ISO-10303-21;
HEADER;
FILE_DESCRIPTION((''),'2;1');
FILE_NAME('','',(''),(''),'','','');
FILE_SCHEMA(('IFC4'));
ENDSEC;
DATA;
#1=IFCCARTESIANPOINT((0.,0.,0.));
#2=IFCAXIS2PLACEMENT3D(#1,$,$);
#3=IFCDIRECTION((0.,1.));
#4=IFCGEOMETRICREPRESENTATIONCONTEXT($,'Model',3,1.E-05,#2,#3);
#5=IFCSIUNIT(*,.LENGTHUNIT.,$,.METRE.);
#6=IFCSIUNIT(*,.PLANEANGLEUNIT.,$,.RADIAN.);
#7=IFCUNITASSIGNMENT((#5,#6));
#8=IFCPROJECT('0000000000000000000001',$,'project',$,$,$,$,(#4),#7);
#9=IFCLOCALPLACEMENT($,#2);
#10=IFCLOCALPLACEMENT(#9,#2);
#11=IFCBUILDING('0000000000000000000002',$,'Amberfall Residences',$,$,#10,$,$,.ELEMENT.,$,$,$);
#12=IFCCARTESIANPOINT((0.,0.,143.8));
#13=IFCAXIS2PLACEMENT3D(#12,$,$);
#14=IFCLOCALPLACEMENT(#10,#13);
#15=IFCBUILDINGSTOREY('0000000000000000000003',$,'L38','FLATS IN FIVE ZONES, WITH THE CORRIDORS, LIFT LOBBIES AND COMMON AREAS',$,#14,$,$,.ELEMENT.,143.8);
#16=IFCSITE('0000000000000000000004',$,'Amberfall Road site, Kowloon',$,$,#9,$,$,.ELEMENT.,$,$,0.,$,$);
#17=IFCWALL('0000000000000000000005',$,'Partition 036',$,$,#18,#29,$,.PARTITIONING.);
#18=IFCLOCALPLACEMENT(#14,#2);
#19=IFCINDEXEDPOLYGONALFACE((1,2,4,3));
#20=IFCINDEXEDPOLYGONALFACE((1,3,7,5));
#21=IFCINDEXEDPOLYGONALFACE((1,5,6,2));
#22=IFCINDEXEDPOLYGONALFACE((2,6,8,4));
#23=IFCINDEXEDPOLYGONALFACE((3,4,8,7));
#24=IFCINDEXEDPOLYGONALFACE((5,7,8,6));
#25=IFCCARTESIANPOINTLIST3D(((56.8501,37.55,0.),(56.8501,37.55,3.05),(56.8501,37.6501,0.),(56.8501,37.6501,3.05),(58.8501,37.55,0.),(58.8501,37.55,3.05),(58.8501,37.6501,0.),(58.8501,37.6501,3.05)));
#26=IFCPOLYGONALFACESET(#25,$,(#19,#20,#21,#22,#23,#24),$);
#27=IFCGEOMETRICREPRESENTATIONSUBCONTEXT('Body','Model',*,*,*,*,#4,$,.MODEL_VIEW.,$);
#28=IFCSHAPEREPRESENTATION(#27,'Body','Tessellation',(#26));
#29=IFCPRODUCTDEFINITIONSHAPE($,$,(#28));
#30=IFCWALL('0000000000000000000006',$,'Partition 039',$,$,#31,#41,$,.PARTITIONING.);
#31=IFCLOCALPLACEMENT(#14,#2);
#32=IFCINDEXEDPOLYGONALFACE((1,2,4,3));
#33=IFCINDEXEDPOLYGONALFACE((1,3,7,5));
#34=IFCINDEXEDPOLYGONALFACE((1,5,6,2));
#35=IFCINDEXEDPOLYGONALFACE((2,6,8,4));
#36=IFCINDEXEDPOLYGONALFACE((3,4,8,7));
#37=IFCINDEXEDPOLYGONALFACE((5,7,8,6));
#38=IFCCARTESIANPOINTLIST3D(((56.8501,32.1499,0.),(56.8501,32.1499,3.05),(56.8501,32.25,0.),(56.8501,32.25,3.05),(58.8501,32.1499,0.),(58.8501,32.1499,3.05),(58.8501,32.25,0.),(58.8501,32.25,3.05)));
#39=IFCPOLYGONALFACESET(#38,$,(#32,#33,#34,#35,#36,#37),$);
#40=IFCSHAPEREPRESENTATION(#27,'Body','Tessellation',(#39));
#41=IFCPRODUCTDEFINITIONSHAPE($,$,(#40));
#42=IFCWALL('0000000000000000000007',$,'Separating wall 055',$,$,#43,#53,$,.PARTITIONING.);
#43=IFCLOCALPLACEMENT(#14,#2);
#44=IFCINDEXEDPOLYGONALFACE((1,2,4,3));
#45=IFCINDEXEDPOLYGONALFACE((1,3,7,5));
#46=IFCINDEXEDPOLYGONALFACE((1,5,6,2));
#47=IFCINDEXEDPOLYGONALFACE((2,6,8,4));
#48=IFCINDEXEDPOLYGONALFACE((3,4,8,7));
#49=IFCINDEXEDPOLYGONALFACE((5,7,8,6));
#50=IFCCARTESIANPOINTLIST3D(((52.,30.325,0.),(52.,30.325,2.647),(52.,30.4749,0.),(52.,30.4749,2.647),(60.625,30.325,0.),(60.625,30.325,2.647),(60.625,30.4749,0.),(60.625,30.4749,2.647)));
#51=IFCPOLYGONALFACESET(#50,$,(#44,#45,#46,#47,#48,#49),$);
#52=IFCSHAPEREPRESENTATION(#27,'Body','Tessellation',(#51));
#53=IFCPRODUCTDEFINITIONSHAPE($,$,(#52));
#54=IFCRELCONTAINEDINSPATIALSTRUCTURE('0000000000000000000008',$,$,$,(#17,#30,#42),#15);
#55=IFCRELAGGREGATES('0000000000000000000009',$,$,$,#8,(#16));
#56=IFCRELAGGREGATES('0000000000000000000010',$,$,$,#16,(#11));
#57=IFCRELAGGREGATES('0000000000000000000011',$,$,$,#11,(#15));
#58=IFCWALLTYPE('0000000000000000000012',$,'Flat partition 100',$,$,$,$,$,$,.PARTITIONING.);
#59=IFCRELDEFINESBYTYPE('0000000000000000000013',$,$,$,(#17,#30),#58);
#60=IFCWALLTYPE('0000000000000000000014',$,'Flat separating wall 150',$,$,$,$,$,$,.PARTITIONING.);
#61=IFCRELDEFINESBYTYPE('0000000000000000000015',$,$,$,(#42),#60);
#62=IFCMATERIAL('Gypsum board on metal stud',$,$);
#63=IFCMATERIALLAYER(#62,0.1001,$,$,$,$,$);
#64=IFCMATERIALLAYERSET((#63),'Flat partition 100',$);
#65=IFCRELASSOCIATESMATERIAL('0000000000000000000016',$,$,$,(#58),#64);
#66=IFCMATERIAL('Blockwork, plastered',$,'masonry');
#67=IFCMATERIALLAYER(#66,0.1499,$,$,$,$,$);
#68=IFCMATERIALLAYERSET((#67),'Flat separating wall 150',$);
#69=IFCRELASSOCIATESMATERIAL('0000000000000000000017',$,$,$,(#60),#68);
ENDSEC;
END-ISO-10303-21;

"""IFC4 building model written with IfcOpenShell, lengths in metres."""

from ifc_helpers import new_model, si_unit, direction, frame, frame_2d, origin, place, context, subcontext, project, spatial, rectangle, extrude, material, layer, layer_set, type_object, element, save


model = new_model("IFC4")

# Units and contexts
model_context = context("Model", 3, precision=1e-05, world=origin(), true_north=direction((0.0, 1.0)))
body_context = subcontext(model_context, "Body", "Model", "MODEL_VIEW")
ifc_project = project(units=[si_unit("LENGTHUNIT", "METRE"), si_unit("PLANEANGLEUNIT", "RADIAN")], contexts=[model_context])

# Site, building, storey
site_placement = place(None, origin())
site = spatial("IfcSite", under=ifc_project, at=site_placement, Name="Amberfall Road site, Kowloon", CompositionType="ELEMENT", RefElevation=0.0)
building_placement = place(site_placement, origin())
building = spatial("IfcBuilding", under=site, at=building_placement, Name="Amberfall Residences", CompositionType="ELEMENT")
storey_placement = place(building_placement, frame((0.0, 0.0, 143.8)))
storey = spatial("IfcBuildingStorey", under=building, at=storey_placement, Name="L38", Description="FLATS IN FIVE ZONES, WITH THE CORRIDORS, LIFT LOBBIES AND COMMON AREAS", CompositionType="ELEMENT", Elevation=143.8)

# Shared definitions
ifc_material_1 = material(Name="Gypsum board on metal stud")
ifc_layer_1 = layer(ifc_material_1, 0.1001)
ifc_layer_set_1 = layer_set([ifc_layer_1], Name="Flat partition 100")
wall_type_1 = type_object("IfcWallType", Name="Flat partition 100", PredefinedType="PARTITIONING", material=ifc_layer_set_1)

# Walls
for number, where, z_axis, x_axis, name in (
    (1, (56.8501, 37.6001, 0.0), (0.0, 0.0, 1.0), (1.0, 0.0, 0.0), "Partition 036"),
    (2, (56.8501, 32.2, 0.0), (0.0, 0.0, 1.0), (1.0, 0.0, 0.0), "Partition 039"),
):
    element("IfcWall", number, at=place(storey_placement, frame(where, z_axis=z_axis, x_axis=x_axis)), inside=storey, type_object=wall_type_1, Name=name, PredefinedType="PARTITIONING", context=body_context, shape_type="SweptSolid", body=[
        extrude(rectangle(XDim=2.0, YDim=0.1001, at=frame_2d((1.0, 0.0))), origin(), (0.0, 0.0, 1.0), 3.05),
    ])
ifc_material_2 = material(Name="Blockwork, plastered", Category="masonry")
ifc_layer_2 = layer(ifc_material_2, 0.1499)
ifc_layer_set_2 = layer_set([ifc_layer_2], Name="Flat separating wall 150")
wall_type_2 = type_object("IfcWallType", Name="Flat separating wall 150", PredefinedType="PARTITIONING", material=ifc_layer_set_2)
wall_1_placement = place(storey_placement, frame((52.0, 30.3999, 0.0), z_axis=(0.0, 0.0, 1.0), x_axis=(1.0, 0.0, 0.0)))
element("IfcWall", 3, at=wall_1_placement, inside=storey, type_object=wall_type_2, Name="Separating wall 055", PredefinedType="PARTITIONING", context=body_context, shape_type="SweptSolid", body=[
    extrude(rectangle(XDim=8.625, YDim=0.1499, at=frame_2d((4.3125, 0.0))), origin(), (0.0, 0.0, 1.0), 2.647),
])

save(model, "model.ifc")
